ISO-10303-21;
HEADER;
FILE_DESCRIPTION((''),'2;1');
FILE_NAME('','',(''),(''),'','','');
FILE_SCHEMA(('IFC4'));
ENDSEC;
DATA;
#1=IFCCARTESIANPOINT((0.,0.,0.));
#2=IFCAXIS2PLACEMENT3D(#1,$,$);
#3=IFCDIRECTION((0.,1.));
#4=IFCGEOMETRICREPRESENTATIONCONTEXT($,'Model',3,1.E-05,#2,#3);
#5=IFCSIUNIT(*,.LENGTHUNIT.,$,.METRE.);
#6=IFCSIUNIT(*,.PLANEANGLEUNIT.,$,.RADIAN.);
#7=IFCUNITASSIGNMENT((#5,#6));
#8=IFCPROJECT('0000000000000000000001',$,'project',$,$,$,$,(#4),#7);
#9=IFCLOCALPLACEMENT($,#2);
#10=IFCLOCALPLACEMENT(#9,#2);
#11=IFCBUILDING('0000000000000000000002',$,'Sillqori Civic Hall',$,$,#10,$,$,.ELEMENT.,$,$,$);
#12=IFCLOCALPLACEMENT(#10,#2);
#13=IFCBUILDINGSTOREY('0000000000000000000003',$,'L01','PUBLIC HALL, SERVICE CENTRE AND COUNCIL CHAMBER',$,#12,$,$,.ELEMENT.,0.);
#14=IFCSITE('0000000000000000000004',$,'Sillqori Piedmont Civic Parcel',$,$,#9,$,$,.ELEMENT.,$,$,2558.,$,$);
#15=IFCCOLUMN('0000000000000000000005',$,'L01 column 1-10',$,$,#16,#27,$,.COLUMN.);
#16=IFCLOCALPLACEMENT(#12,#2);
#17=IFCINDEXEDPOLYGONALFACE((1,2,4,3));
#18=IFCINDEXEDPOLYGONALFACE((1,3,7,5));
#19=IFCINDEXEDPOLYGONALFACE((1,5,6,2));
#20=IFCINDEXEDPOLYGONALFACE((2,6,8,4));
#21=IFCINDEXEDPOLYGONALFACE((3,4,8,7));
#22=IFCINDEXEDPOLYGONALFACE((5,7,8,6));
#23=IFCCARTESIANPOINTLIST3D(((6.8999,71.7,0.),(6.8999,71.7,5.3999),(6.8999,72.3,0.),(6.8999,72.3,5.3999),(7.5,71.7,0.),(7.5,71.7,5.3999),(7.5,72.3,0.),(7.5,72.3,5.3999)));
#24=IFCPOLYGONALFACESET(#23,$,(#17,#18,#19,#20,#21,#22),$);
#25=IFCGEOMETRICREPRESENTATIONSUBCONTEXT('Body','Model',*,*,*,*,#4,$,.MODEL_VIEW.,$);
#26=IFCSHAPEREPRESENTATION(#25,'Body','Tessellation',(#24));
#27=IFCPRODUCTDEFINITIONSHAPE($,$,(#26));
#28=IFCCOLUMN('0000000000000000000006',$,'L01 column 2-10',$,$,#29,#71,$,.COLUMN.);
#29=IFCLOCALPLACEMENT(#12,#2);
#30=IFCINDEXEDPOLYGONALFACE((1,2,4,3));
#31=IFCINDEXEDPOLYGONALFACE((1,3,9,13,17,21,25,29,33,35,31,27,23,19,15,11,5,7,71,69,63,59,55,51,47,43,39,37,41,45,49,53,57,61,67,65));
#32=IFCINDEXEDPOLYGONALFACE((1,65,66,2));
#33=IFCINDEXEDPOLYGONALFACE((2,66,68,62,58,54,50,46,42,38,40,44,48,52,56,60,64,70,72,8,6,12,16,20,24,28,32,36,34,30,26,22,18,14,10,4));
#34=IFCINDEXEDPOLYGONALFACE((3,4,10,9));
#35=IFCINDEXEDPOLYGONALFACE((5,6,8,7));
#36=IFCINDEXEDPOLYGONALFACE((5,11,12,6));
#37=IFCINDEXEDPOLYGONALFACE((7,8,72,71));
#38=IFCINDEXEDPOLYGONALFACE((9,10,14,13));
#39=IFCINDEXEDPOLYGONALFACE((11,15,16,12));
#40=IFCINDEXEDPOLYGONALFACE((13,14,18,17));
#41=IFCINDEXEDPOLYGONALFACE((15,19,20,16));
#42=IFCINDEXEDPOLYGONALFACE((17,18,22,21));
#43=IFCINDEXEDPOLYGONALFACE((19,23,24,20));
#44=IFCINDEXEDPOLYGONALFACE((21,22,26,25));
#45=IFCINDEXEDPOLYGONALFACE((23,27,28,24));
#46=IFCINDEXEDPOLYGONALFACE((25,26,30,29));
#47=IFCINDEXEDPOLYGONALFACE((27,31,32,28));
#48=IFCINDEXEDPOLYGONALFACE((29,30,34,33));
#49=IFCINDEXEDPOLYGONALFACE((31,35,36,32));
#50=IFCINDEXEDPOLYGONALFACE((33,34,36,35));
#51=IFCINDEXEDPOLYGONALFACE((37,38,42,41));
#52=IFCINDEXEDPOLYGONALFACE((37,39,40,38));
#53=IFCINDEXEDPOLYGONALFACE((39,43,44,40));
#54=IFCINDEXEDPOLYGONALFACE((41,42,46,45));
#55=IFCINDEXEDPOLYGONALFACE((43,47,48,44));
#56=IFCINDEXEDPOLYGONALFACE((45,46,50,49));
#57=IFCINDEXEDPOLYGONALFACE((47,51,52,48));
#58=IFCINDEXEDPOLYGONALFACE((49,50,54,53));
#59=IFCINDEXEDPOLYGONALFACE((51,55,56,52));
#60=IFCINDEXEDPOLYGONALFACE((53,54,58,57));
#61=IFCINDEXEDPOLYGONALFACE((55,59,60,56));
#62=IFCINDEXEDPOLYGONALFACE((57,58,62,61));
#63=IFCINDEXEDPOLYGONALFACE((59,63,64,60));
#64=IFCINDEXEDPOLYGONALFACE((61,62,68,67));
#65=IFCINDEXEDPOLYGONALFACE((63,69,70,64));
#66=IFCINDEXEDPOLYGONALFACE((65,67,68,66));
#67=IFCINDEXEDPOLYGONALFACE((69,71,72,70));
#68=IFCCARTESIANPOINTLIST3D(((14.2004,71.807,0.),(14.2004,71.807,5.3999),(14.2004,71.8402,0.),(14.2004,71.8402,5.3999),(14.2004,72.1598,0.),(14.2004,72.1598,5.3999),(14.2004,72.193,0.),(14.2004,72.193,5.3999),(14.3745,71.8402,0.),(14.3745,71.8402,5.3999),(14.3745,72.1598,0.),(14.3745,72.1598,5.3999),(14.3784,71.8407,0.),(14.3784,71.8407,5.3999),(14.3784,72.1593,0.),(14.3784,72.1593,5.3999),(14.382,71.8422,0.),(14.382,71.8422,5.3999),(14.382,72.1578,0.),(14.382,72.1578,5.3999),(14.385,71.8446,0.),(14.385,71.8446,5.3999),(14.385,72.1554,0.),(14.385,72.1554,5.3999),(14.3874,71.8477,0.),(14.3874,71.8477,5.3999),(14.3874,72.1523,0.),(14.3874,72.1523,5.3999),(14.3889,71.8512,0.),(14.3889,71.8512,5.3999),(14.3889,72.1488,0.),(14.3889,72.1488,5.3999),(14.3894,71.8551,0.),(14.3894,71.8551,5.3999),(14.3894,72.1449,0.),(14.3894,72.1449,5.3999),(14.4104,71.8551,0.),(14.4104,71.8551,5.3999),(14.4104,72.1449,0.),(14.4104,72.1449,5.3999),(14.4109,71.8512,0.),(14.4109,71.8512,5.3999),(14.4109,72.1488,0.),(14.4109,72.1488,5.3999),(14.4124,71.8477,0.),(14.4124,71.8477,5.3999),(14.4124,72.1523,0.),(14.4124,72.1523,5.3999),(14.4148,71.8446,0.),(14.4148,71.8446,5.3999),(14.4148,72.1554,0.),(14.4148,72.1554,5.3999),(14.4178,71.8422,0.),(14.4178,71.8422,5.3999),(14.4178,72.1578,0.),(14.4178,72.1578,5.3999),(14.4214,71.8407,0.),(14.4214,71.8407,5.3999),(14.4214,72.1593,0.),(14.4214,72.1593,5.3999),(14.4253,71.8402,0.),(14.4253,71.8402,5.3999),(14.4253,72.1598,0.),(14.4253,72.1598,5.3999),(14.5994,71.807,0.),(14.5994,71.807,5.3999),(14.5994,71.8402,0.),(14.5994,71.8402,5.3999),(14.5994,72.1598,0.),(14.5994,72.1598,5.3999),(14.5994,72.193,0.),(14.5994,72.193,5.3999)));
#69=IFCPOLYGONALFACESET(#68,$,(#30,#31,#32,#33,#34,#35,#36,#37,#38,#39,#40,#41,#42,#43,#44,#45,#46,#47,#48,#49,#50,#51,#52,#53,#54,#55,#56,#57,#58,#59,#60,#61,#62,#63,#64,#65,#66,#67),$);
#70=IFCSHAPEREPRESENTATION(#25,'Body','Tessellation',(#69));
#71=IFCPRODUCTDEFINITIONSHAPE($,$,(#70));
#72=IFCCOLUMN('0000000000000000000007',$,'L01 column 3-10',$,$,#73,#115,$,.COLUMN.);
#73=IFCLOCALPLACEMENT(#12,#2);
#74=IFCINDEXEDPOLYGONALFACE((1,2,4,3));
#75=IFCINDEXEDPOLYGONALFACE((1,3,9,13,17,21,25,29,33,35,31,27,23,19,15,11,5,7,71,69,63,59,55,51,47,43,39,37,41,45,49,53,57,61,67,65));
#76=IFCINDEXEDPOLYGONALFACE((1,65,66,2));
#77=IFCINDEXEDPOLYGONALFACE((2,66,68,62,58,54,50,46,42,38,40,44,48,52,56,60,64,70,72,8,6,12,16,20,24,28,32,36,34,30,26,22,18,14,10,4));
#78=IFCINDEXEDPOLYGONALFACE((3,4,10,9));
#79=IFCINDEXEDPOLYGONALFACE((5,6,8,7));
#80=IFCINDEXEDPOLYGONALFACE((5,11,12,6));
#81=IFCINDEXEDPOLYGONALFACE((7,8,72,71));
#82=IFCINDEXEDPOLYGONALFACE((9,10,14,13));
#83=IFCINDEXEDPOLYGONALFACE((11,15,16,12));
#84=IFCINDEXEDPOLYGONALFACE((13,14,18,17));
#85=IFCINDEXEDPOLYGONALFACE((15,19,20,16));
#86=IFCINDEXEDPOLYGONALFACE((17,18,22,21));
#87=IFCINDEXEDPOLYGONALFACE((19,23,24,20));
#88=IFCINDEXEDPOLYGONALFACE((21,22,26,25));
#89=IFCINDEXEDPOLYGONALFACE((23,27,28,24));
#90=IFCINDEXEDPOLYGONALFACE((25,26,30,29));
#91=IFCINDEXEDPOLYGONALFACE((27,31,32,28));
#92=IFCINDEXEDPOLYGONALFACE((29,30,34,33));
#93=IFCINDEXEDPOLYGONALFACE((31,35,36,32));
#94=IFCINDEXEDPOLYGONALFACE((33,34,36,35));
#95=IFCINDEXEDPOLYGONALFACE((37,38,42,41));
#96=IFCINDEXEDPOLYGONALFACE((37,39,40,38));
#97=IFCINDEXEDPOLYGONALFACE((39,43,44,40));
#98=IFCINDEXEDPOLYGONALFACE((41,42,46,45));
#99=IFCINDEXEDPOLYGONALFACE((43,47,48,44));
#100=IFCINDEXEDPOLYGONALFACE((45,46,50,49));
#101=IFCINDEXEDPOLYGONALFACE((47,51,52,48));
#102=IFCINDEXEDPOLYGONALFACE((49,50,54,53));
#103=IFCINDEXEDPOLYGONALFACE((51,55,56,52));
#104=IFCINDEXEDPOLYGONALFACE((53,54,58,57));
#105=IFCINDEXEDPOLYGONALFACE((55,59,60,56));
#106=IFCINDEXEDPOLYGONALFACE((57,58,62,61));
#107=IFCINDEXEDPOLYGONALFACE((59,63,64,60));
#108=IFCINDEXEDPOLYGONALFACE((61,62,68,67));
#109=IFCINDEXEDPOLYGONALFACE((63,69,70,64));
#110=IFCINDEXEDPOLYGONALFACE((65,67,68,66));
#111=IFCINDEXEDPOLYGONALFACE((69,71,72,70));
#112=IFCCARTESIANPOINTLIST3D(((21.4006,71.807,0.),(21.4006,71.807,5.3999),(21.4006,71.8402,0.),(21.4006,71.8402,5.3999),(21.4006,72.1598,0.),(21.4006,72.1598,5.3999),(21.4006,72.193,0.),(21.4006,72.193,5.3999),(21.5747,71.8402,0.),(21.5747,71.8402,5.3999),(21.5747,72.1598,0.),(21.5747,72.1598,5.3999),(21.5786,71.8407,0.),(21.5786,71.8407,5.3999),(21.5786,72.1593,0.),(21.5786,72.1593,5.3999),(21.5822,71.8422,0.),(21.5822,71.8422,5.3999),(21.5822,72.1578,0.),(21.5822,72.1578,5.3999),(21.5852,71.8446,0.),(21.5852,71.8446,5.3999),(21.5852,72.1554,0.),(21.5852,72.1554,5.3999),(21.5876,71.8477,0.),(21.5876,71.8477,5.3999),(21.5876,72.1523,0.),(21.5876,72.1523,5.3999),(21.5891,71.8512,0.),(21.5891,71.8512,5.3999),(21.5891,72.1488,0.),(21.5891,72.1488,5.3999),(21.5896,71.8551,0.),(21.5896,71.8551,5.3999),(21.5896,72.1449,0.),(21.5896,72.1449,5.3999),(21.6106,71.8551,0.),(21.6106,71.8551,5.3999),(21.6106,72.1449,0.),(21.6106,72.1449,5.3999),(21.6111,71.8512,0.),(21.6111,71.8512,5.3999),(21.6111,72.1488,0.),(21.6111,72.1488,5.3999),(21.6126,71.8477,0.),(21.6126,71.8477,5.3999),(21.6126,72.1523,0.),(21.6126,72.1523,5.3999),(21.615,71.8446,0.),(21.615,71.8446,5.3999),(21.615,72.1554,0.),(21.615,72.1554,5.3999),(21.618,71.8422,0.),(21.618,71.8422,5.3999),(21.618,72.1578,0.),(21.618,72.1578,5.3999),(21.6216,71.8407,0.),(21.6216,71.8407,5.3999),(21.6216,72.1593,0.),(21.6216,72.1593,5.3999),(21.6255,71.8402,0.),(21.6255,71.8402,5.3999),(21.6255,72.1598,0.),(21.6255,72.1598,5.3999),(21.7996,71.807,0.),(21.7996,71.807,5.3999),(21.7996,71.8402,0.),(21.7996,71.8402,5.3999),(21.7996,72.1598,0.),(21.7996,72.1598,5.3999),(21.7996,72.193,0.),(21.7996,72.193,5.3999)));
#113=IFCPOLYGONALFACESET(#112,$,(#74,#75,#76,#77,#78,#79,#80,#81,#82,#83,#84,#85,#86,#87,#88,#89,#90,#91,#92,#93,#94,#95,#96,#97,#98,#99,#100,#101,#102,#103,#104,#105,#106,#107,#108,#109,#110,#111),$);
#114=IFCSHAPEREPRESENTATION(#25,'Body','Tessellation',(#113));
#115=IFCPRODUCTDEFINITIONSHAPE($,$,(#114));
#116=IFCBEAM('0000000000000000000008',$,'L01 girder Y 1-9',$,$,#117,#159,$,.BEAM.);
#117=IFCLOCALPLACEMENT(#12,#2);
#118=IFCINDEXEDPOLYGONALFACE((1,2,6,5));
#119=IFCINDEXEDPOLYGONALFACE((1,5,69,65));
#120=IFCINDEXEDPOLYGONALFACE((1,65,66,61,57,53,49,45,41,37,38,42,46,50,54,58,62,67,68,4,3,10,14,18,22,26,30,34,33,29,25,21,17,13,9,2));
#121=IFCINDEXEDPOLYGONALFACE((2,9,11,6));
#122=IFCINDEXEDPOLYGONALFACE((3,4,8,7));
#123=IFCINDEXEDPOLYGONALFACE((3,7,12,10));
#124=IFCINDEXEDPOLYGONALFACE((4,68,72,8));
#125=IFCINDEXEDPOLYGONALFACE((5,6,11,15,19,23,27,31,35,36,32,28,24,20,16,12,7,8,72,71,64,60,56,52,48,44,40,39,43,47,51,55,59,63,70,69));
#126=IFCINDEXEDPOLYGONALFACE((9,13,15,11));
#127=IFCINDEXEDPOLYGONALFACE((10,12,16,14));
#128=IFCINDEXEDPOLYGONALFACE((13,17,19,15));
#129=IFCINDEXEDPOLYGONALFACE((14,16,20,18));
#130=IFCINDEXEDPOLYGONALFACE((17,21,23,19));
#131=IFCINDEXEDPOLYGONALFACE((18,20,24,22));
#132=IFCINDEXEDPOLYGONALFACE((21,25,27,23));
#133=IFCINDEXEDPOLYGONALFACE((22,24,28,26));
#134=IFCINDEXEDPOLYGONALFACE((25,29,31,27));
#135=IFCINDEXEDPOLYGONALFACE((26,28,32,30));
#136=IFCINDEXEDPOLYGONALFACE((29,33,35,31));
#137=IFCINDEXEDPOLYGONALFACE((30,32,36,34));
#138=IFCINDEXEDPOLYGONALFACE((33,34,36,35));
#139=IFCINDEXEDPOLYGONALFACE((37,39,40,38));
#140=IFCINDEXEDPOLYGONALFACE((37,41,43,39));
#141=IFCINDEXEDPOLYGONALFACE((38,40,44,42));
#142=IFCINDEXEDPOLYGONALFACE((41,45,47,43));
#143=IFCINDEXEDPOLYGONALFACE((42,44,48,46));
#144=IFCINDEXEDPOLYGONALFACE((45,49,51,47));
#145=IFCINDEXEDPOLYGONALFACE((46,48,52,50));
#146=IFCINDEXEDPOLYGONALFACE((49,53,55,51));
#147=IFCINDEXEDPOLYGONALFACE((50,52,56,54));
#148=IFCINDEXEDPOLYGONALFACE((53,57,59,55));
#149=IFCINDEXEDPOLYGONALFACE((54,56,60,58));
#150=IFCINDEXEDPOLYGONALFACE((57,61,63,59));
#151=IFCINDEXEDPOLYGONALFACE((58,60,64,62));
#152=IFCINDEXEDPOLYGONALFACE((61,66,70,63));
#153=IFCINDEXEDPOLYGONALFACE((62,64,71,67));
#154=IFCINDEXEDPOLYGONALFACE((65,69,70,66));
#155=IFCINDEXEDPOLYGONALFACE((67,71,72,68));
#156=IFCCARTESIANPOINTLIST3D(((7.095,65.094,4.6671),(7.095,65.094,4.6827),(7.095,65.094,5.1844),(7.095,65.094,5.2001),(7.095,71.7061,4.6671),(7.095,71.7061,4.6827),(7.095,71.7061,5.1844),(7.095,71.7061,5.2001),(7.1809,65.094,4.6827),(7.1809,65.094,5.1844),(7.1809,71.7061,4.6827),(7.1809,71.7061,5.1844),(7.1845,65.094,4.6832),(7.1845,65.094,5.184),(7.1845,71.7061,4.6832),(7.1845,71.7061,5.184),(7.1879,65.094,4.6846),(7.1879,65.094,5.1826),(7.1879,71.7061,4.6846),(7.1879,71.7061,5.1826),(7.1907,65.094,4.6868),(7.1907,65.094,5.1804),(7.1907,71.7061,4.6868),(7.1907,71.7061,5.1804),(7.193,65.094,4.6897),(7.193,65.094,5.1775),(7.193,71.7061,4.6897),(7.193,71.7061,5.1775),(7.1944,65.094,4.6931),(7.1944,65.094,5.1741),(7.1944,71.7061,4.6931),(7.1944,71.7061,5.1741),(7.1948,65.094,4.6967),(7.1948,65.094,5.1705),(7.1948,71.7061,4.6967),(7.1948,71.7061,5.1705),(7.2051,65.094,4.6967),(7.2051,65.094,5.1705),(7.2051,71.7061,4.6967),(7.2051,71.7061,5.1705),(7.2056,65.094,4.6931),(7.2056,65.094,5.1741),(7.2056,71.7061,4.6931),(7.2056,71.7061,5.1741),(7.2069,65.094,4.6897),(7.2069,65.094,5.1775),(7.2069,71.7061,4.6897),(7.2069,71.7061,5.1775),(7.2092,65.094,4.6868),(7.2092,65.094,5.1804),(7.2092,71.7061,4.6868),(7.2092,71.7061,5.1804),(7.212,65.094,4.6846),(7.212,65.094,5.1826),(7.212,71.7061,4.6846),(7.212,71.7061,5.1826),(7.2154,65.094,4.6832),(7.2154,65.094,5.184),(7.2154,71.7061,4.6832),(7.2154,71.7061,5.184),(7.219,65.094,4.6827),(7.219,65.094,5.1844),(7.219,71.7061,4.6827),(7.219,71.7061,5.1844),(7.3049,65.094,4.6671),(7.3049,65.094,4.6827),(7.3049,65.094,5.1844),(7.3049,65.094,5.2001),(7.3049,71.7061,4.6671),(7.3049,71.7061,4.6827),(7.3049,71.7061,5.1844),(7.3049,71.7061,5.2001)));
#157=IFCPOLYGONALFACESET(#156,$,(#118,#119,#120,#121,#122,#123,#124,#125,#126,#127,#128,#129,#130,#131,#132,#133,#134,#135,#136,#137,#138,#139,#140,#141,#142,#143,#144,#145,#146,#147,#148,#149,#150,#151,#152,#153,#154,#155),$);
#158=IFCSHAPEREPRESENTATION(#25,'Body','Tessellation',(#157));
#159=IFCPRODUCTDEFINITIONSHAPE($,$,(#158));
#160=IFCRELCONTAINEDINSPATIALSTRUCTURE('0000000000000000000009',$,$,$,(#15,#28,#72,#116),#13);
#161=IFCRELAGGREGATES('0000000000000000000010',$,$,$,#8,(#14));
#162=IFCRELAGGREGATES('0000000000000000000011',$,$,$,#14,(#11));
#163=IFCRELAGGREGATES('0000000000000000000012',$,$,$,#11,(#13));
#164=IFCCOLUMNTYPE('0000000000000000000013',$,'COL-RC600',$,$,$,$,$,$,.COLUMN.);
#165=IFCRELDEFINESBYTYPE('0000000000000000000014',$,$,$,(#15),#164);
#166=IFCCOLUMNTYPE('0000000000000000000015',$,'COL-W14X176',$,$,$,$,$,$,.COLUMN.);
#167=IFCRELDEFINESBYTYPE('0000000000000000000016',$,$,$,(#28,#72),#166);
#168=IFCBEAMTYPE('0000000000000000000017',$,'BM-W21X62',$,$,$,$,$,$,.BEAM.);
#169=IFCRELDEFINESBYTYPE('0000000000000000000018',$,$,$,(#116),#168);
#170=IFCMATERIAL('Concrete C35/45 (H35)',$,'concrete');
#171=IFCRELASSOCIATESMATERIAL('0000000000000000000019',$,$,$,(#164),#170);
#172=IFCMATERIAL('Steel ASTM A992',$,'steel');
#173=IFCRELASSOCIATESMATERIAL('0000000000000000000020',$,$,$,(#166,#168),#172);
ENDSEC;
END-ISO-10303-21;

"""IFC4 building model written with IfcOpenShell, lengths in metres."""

from ifc_helpers import new_model, si_unit, direction, frame, origin, origin_2d, place, context, subcontext, project, spatial, rectangle, i_section, extrude, material, material_profile, profile_set, type_object, element, save


model = new_model("IFC4")

# Units and contexts
model_context = context("Model", 3, precision=1e-05, world=origin(), true_north=direction((0.0, 1.0)))
body_context = subcontext(model_context, "Body", "Model", "MODEL_VIEW")
ifc_project = project(units=[si_unit("LENGTHUNIT", "METRE"), si_unit("PLANEANGLEUNIT", "RADIAN")], contexts=[model_context])

# Site, building, storey
site_placement = place(None, origin())
site = spatial("IfcSite", under=ifc_project, at=site_placement, Name="Sillqori Piedmont Civic Parcel", CompositionType="ELEMENT", RefElevation=2558.0)
building_placement = place(site_placement, origin())
building = spatial("IfcBuilding", under=site, at=building_placement, Name="Sillqori Civic Hall", CompositionType="ELEMENT")
storey_placement = place(building_placement, origin())
storey = spatial("IfcBuildingStorey", under=building, at=storey_placement, Name="L01", Description="PUBLIC HALL, SERVICE CENTRE AND COUNCIL CHAMBER", CompositionType="ELEMENT", Elevation=0.0)

# Columns
ifc_material_1 = material(Name="Concrete C35/45 (H35)", Category="concrete")
ifc_material_profile_1 = material_profile(ifc_material_1, rectangle(XDim=0.6001, YDim=0.6001, at=origin_2d()), Name="RC 600x600")
ifc_profile_set_1 = profile_set([ifc_material_profile_1], Name="Concrete C35/45 (H35)")
column_type_1 = type_object("IfcColumnType", Name="COL-RC600", PredefinedType="COLUMN", material=ifc_profile_set_1)
column_placement = place(storey_placement, frame((7.2, 72.0, 0.0), z_axis=(0.0, 0.0, 1.0), x_axis=(1.0, 0.0, 0.0)))
element("IfcColumn", 1, at=column_placement, inside=storey, type_object=column_type_1, Name="L01 column 1-10", PredefinedType="COLUMN", context=body_context, shape_type="SweptSolid", body=[
    extrude(rectangle(XDim=0.6001, YDim=0.6001, at=origin_2d()), origin(), (0.0, 0.0, 1.0), 5.3999),
])
ifc_material_2 = material(Name="Steel ASTM A992", Category="steel")
ifc_material_profile_2 = material_profile(ifc_material_2, i_section(OverallWidth=0.3989, OverallDepth=0.386, WebThickness=0.021, FlangeThickness=0.0332, FilletRadius=0.0149, at=origin_2d()), Name="W14X176")
ifc_profile_set_2 = profile_set([ifc_material_profile_2], Name="Steel ASTM A992")
column_type_2 = type_object("IfcColumnType", Name="COL-W14X176", PredefinedType="COLUMN", material=ifc_profile_set_2)
for number, where, z_axis, x_axis, name in (
    (2, (14.3999, 72.0, 0.0), (0.0, 0.0, 1.0), (1.0, 0.0, 0.0), "L01 column 2-10"),
    (3, (21.6001, 72.0, 0.0), (0.0, 0.0, 1.0), (1.0, 0.0, 0.0), "L01 column 3-10"),
):
    element("IfcColumn", number, at=place(storey_placement, frame(where, z_axis=z_axis, x_axis=x_axis)), inside=storey, type_object=column_type_2, Name=name, PredefinedType="COLUMN", context=body_context, shape_type="SweptSolid", body=[
        extrude(i_section(OverallWidth=0.3989, OverallDepth=0.386, WebThickness=0.021, FlangeThickness=0.0332, FilletRadius=0.0149, at=origin_2d()), origin(), (0.0, 0.0, 1.0), 5.3999),
    ])

# Beam
ifc_material_profile_3 = material_profile(ifc_material_2, i_section(OverallWidth=0.21, OverallDepth=0.533, WebThickness=0.0103, FlangeThickness=0.0156, FilletRadius=0.0139, at=origin_2d()), Name="W21X62")
ifc_profile_set_3 = profile_set([ifc_material_profile_3], Name="Steel ASTM A992")
beam_type_1 = type_object("IfcBeamType", Name="BM-W21X62", PredefinedType="BEAM", material=ifc_profile_set_3)
for number, where, z_axis, x_axis, name in (
    (4, (7.2, 65.094, 4.9336), (0.0, 1.0, 0.0), (-1.0, 0.0, 0.0), "L01 girder Y 1-9"),
):
    element("IfcBeam", number, at=place(storey_placement, frame(where, z_axis=z_axis, x_axis=x_axis)), inside=storey, type_object=beam_type_1, Name=name, PredefinedType="BEAM", context=body_context, shape_type="SweptSolid", body=[
        extrude(i_section(OverallWidth=0.21, OverallDepth=0.533, WebThickness=0.0103, FlangeThickness=0.0156, FilletRadius=0.0139, at=origin_2d()), origin(), (0.0, 0.0, 1.0), 6.6121),
    ])

save(model, "model.ifc")
